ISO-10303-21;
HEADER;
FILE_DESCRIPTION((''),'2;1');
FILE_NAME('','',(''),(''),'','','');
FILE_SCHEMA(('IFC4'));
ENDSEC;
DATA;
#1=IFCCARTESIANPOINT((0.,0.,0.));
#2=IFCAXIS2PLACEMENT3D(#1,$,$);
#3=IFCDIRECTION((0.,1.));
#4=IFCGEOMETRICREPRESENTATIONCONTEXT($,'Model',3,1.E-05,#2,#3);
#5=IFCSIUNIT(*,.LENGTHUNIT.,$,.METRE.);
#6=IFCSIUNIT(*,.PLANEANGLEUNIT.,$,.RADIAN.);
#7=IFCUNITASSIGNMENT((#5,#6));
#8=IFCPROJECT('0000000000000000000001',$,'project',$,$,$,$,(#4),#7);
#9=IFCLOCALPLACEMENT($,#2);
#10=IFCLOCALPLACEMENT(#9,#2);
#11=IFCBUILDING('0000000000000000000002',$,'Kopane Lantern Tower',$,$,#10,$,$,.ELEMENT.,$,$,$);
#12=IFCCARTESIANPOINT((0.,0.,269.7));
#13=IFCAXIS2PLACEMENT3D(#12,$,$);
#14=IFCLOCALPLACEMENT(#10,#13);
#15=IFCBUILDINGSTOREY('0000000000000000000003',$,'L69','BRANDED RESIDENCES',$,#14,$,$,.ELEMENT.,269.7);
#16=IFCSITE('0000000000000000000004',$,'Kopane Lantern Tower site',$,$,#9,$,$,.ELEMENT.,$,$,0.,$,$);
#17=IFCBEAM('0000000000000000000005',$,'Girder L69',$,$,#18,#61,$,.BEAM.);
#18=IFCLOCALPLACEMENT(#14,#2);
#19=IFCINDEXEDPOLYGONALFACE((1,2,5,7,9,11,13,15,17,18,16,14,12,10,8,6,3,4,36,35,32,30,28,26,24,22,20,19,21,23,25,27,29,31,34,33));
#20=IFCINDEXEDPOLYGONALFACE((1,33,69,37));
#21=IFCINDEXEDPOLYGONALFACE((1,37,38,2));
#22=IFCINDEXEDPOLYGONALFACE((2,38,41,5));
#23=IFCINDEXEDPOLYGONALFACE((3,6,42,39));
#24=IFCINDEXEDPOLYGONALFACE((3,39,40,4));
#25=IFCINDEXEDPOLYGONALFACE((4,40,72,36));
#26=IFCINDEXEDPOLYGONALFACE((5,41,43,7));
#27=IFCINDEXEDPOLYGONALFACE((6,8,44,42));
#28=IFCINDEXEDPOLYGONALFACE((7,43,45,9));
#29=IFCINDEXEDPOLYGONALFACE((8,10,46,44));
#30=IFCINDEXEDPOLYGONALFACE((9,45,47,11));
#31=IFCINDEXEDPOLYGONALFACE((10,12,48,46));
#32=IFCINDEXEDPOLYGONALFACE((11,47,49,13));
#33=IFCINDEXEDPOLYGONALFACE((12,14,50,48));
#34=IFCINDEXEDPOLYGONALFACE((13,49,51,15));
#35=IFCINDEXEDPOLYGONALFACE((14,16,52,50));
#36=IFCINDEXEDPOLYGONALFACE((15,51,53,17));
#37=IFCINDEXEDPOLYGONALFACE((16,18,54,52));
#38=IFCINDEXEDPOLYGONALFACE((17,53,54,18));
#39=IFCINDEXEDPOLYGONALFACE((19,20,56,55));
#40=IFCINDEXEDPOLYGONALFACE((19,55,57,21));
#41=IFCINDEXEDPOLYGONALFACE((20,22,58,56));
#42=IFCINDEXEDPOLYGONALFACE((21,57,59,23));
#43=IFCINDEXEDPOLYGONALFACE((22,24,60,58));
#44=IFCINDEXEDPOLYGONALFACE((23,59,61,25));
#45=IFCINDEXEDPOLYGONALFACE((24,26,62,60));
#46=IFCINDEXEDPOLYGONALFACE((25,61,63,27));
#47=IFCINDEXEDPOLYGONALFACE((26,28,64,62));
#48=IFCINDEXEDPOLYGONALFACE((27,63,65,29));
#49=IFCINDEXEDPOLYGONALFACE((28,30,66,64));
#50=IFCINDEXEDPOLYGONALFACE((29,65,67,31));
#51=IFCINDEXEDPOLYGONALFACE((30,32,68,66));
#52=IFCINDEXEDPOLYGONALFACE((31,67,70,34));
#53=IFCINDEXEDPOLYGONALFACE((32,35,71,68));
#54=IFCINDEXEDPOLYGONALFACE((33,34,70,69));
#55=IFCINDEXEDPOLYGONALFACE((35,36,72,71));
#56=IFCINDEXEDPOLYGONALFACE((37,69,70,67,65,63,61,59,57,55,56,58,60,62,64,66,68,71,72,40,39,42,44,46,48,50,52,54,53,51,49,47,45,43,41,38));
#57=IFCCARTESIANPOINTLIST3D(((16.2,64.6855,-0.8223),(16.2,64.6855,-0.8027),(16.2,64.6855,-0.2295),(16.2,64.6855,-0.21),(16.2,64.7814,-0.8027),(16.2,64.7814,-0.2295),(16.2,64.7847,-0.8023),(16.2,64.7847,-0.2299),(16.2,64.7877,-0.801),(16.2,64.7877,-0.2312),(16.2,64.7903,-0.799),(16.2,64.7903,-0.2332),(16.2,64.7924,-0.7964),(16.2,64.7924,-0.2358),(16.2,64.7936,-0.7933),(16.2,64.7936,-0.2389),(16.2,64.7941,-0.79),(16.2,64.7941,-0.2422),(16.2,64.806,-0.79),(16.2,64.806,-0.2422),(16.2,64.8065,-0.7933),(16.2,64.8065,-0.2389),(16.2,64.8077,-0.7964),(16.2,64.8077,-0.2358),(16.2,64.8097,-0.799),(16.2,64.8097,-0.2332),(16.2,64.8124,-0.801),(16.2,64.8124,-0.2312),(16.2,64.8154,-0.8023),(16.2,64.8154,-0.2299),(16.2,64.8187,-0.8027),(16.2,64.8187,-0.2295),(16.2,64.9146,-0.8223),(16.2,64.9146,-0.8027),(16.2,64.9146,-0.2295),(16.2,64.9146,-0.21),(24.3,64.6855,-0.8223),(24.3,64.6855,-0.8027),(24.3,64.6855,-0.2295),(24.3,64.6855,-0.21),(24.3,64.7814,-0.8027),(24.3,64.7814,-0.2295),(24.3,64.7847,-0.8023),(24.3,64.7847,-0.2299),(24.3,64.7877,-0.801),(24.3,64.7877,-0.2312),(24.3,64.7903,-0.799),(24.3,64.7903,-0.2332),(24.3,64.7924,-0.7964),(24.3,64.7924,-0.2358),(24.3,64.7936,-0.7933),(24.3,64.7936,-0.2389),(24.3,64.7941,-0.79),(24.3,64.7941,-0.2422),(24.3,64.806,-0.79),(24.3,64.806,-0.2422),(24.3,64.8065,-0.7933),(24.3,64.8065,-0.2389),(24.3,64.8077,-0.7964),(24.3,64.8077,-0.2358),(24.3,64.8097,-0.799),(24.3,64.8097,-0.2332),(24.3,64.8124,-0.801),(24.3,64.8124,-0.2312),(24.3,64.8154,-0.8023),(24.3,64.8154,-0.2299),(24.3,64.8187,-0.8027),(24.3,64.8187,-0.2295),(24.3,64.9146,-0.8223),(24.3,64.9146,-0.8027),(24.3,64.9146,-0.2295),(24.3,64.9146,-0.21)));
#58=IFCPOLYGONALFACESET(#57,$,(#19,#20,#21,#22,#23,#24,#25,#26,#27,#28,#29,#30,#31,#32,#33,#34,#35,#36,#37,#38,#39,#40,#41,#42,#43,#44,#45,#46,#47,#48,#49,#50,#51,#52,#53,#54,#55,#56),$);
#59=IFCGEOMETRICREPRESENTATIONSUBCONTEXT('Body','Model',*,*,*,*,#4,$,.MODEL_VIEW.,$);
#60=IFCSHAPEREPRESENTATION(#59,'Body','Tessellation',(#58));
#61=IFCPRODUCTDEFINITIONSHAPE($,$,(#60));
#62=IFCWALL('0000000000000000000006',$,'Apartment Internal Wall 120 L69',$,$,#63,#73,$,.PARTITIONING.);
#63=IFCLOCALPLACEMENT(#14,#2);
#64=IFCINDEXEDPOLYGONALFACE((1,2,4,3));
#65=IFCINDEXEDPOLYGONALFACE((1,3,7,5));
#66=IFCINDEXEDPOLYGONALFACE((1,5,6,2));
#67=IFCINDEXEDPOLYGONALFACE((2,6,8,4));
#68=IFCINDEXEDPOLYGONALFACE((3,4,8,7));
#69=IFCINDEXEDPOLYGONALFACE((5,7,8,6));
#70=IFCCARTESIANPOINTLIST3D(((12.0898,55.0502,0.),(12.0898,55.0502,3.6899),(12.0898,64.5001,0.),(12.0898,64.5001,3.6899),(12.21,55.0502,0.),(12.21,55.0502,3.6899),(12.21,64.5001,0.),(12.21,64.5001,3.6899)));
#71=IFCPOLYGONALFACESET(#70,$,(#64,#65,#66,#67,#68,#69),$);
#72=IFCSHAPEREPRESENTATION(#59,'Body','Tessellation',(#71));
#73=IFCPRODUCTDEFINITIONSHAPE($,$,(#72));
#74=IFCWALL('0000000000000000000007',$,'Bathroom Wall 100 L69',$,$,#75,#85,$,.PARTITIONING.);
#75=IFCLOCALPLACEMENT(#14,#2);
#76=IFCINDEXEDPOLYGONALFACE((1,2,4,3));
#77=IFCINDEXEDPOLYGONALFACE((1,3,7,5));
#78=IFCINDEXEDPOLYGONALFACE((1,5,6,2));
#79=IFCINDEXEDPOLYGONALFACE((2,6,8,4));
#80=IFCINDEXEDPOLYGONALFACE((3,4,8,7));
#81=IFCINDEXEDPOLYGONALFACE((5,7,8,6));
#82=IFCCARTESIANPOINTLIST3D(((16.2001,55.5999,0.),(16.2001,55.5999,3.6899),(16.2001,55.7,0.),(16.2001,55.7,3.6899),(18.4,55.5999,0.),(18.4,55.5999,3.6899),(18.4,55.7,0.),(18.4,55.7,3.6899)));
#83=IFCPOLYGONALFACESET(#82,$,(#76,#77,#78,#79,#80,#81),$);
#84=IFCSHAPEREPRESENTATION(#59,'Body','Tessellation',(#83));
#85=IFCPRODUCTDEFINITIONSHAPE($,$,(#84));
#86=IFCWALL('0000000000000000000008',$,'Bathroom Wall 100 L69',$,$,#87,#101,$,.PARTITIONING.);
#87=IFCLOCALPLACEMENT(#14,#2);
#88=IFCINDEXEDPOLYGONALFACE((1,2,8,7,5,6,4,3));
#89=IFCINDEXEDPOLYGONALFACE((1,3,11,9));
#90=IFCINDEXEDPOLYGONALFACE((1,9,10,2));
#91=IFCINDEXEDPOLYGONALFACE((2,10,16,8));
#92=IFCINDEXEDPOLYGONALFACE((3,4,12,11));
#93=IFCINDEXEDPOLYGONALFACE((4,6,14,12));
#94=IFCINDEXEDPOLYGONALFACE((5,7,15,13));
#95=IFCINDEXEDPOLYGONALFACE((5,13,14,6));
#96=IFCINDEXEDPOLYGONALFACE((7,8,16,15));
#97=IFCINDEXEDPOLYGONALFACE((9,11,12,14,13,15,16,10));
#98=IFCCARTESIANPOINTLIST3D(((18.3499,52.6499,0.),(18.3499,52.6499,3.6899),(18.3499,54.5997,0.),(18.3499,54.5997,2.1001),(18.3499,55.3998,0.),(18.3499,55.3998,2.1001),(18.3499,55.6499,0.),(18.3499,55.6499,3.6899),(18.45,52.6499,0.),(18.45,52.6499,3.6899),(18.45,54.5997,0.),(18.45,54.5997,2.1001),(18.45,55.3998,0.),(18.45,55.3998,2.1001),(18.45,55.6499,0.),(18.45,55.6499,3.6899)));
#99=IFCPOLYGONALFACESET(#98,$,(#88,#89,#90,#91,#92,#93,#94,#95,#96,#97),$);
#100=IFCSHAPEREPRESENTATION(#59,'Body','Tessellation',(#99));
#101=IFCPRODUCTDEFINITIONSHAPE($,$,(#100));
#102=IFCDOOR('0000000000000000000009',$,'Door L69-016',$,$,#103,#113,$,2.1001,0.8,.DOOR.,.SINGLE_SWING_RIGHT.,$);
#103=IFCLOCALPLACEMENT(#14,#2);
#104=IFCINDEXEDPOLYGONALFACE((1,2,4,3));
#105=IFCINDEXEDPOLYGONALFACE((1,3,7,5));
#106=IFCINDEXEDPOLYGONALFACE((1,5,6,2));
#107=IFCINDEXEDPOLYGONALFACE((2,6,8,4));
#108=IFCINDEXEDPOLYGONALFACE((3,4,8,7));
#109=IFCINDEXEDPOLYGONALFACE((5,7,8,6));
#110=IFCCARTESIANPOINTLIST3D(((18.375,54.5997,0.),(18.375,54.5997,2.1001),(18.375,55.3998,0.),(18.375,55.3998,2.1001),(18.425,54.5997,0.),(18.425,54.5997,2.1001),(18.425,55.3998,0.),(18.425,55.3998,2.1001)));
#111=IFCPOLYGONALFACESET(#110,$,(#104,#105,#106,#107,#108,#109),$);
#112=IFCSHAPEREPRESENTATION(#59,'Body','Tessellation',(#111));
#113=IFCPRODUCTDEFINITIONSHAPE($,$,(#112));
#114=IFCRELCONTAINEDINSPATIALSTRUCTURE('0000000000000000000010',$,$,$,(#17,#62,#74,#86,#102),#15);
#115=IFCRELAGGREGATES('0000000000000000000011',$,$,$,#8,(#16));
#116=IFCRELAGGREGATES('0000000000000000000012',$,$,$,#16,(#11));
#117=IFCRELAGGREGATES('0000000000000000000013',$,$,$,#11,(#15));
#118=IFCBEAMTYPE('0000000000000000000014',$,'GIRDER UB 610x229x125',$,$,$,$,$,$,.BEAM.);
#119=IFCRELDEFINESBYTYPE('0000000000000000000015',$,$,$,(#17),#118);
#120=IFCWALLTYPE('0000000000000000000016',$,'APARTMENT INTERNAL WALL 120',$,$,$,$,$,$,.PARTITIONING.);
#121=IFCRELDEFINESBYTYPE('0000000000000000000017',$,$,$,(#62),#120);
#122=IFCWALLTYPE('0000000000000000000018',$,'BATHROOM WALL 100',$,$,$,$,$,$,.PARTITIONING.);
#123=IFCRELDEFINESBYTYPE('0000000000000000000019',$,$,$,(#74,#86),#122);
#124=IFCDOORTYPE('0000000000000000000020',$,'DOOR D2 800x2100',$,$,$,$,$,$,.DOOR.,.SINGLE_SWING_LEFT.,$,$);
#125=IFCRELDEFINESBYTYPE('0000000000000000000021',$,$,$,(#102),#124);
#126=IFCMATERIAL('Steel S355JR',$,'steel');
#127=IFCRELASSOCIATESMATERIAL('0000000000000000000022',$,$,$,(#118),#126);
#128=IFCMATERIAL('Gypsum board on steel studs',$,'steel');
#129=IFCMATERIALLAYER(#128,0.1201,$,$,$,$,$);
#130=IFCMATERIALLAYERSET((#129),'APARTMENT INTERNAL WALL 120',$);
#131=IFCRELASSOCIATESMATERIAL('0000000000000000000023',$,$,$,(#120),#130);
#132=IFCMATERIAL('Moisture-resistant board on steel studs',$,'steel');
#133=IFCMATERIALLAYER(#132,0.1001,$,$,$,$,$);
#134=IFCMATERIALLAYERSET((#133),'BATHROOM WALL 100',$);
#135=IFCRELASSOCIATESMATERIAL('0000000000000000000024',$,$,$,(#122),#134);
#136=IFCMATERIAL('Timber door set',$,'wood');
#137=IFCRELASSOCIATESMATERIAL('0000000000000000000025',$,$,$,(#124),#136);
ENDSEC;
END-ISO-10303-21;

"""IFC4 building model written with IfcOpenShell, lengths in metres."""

from ifc_helpers import new_model, si_unit, direction, frame, frame_2d, origin, origin_2d, place, context, subcontext, project, spatial, rectangle, i_section, extrude, material, layer, layer_set, material_profile, profile_set, type_object, element, fill, save


model = new_model("IFC4")

# Units and contexts
model_context = context("Model", 3, precision=1e-05, world=origin(), true_north=direction((0.0, 1.0)))
body_context = subcontext(model_context, "Body", "Model", "MODEL_VIEW")
ifc_project = project(units=[si_unit("LENGTHUNIT", "METRE"), si_unit("PLANEANGLEUNIT", "RADIAN")], contexts=[model_context])

# Site, building, storey
site_placement = place(None, origin())
site = spatial("IfcSite", under=ifc_project, at=site_placement, Name="Kopane Lantern Tower site", CompositionType="ELEMENT", RefElevation=0.0)
building_placement = place(site_placement, origin())
building = spatial("IfcBuilding", under=site, at=building_placement, Name="Kopane Lantern Tower", CompositionType="ELEMENT")
storey_placement = place(building_placement, frame((0.0, 0.0, 269.7)))
storey = spatial("IfcBuildingStorey", under=building, at=storey_placement, Name="L69", Description="BRANDED RESIDENCES", CompositionType="ELEMENT", Elevation=269.7)

# Beam
ifc_material_1 = material(Name="Steel S355JR", Category="steel")
ifc_material_profile_1 = material_profile(ifc_material_1, i_section(OverallWidth=0.229, OverallDepth=0.6123, WebThickness=0.012, FlangeThickness=0.0195, FilletRadius=0.0127, at=origin_2d()), Name="UB 610x229x125")
ifc_profile_set_1 = profile_set([ifc_material_profile_1], Name="Steel S355JR")
beam_type = type_object("IfcBeamType", Name="GIRDER UB 610x229x125", PredefinedType="BEAM", material=ifc_profile_set_1)
for number, where, z_axis, x_axis, name in (
    (1, (16.2, 64.8, -0.5161), (1.0, 0.0, 0.0), (0.0, 1.0, 0.0), "Girder L69"),
):
    element("IfcBeam", number, at=place(storey_placement, frame(where, z_axis=z_axis, x_axis=x_axis)), inside=storey, type_object=beam_type, Name=name, PredefinedType="BEAM", context=body_context, shape_type="SweptSolid", body=[
        extrude(i_section(OverallWidth=0.229, OverallDepth=0.6123, WebThickness=0.012, FlangeThickness=0.0195, FilletRadius=0.0127, at=origin_2d()), origin(), (0.0, 0.0, 1.0), 8.1001),
    ])

# Walls
ifc_material_2 = material(Name="Gypsum board on steel studs", Category="steel")
ifc_layer_1 = layer(ifc_material_2, 0.1201)
ifc_layer_set_1 = layer_set([ifc_layer_1], Name="APARTMENT INTERNAL WALL 120")
wall_type_1 = type_object("IfcWallType", Name="APARTMENT INTERNAL WALL 120", PredefinedType="PARTITIONING", material=ifc_layer_set_1)
wall_1_placement = place(storey_placement, frame((12.1499, 55.05, 0.0), z_axis=(0.0, 0.0, 1.0), x_axis=(0.0, 1.0, 0.0)))
element("IfcWall", 2, at=wall_1_placement, inside=storey, type_object=wall_type_1, Name="Apartment Internal Wall 120 L69", PredefinedType="PARTITIONING", context=body_context, shape_type="SweptSolid", body=[
    extrude(rectangle(XDim=9.45, YDim=0.1201, at=frame_2d((4.7251, 0.0))), origin(), (0.0, 0.0, 1.0), 3.6899),
])
ifc_material_3 = material(Name="Moisture-resistant board on steel studs", Category="steel")
ifc_layer_2 = layer(ifc_material_3, 0.1001)
ifc_layer_set_2 = layer_set([ifc_layer_2], Name="BATHROOM WALL 100")
wall_type_2 = type_object("IfcWallType", Name="BATHROOM WALL 100", PredefinedType="PARTITIONING", material=ifc_layer_set_2)
wall_2_placement = place(storey_placement, frame((16.2, 55.6499, 0.0), z_axis=(0.0, 0.0, 1.0), x_axis=(1.0, 0.0, 0.0)))
element("IfcWall", 3, at=wall_2_placement, inside=storey, type_object=wall_type_2, Name="Bathroom Wall 100 L69", PredefinedType="PARTITIONING", context=body_context, shape_type="SweptSolid", body=[
    extrude(rectangle(XDim=2.2, YDim=0.1001, at=frame_2d((1.1001, 0.0))), origin(), (0.0, 0.0, 1.0), 3.6899),
])

# Wall, opening, door
wall_3_placement = place(storey_placement, frame((18.3999, 52.6499, 0.0), z_axis=(0.0, 0.0, 1.0), x_axis=(0.0, 1.0, 0.0)))
wall_3 = element("IfcWall", 4, at=wall_3_placement, inside=storey, type_object=wall_type_2, Name="Bathroom Wall 100 L69", PredefinedType="PARTITIONING", context=body_context, shape_type="SweptSolid", body=[
    extrude(rectangle(XDim=3.0, YDim=0.1001, at=frame_2d((1.5, 0.0))), origin(), (0.0, 0.0, 1.0), 3.6899),
])
opening_1_placement = place(wall_3_placement, frame((1.95, 0.0, 0.0)))
opening_1 = element("IfcOpeningElement", 5, at=opening_1_placement, cuts=wall_3, PredefinedType="OPENING", context=body_context, shape_type="SweptSolid", body=[
    extrude(rectangle(XDim=0.8, YDim=2.1001, at=frame_2d((0.3999, 1.05))), frame((0.0, 0.0601, 0.0), z_axis=(0.0, -1.0, 0.0), x_axis=(1.0, 0.0, 0.0)), (0.0, 0.0, 1.0), 0.1201),
])
ifc_material_4 = material(Name="Timber door set", Category="wood")
door_type_1 = type_object("IfcDoorType", Name="DOOR D2 800x2100", OperationType="SINGLE_SWING_LEFT", PredefinedType="DOOR", material=ifc_material_4)
door_1_placement = place(opening_1_placement, origin())
door_1 = element("IfcDoor", 6, at=door_1_placement, inside=storey, type_object=door_type_1, Name="Door L69-016", OperationType="SINGLE_SWING_RIGHT", OverallHeight=2.1001, OverallWidth=0.8, PredefinedType="DOOR", context=body_context, shape_type="SweptSolid", body=[
    extrude(rectangle(XDim=0.8, YDim=2.1001, at=frame_2d((0.3999, 1.05))), frame((0.0, 0.0249, 0.0), z_axis=(0.0, -1.0, 0.0), x_axis=(1.0, 0.0, 0.0)), (0.0, 0.0, 1.0), 0.05),
])
fill(opening_1, door_1)

save(model, "model.ifc")
